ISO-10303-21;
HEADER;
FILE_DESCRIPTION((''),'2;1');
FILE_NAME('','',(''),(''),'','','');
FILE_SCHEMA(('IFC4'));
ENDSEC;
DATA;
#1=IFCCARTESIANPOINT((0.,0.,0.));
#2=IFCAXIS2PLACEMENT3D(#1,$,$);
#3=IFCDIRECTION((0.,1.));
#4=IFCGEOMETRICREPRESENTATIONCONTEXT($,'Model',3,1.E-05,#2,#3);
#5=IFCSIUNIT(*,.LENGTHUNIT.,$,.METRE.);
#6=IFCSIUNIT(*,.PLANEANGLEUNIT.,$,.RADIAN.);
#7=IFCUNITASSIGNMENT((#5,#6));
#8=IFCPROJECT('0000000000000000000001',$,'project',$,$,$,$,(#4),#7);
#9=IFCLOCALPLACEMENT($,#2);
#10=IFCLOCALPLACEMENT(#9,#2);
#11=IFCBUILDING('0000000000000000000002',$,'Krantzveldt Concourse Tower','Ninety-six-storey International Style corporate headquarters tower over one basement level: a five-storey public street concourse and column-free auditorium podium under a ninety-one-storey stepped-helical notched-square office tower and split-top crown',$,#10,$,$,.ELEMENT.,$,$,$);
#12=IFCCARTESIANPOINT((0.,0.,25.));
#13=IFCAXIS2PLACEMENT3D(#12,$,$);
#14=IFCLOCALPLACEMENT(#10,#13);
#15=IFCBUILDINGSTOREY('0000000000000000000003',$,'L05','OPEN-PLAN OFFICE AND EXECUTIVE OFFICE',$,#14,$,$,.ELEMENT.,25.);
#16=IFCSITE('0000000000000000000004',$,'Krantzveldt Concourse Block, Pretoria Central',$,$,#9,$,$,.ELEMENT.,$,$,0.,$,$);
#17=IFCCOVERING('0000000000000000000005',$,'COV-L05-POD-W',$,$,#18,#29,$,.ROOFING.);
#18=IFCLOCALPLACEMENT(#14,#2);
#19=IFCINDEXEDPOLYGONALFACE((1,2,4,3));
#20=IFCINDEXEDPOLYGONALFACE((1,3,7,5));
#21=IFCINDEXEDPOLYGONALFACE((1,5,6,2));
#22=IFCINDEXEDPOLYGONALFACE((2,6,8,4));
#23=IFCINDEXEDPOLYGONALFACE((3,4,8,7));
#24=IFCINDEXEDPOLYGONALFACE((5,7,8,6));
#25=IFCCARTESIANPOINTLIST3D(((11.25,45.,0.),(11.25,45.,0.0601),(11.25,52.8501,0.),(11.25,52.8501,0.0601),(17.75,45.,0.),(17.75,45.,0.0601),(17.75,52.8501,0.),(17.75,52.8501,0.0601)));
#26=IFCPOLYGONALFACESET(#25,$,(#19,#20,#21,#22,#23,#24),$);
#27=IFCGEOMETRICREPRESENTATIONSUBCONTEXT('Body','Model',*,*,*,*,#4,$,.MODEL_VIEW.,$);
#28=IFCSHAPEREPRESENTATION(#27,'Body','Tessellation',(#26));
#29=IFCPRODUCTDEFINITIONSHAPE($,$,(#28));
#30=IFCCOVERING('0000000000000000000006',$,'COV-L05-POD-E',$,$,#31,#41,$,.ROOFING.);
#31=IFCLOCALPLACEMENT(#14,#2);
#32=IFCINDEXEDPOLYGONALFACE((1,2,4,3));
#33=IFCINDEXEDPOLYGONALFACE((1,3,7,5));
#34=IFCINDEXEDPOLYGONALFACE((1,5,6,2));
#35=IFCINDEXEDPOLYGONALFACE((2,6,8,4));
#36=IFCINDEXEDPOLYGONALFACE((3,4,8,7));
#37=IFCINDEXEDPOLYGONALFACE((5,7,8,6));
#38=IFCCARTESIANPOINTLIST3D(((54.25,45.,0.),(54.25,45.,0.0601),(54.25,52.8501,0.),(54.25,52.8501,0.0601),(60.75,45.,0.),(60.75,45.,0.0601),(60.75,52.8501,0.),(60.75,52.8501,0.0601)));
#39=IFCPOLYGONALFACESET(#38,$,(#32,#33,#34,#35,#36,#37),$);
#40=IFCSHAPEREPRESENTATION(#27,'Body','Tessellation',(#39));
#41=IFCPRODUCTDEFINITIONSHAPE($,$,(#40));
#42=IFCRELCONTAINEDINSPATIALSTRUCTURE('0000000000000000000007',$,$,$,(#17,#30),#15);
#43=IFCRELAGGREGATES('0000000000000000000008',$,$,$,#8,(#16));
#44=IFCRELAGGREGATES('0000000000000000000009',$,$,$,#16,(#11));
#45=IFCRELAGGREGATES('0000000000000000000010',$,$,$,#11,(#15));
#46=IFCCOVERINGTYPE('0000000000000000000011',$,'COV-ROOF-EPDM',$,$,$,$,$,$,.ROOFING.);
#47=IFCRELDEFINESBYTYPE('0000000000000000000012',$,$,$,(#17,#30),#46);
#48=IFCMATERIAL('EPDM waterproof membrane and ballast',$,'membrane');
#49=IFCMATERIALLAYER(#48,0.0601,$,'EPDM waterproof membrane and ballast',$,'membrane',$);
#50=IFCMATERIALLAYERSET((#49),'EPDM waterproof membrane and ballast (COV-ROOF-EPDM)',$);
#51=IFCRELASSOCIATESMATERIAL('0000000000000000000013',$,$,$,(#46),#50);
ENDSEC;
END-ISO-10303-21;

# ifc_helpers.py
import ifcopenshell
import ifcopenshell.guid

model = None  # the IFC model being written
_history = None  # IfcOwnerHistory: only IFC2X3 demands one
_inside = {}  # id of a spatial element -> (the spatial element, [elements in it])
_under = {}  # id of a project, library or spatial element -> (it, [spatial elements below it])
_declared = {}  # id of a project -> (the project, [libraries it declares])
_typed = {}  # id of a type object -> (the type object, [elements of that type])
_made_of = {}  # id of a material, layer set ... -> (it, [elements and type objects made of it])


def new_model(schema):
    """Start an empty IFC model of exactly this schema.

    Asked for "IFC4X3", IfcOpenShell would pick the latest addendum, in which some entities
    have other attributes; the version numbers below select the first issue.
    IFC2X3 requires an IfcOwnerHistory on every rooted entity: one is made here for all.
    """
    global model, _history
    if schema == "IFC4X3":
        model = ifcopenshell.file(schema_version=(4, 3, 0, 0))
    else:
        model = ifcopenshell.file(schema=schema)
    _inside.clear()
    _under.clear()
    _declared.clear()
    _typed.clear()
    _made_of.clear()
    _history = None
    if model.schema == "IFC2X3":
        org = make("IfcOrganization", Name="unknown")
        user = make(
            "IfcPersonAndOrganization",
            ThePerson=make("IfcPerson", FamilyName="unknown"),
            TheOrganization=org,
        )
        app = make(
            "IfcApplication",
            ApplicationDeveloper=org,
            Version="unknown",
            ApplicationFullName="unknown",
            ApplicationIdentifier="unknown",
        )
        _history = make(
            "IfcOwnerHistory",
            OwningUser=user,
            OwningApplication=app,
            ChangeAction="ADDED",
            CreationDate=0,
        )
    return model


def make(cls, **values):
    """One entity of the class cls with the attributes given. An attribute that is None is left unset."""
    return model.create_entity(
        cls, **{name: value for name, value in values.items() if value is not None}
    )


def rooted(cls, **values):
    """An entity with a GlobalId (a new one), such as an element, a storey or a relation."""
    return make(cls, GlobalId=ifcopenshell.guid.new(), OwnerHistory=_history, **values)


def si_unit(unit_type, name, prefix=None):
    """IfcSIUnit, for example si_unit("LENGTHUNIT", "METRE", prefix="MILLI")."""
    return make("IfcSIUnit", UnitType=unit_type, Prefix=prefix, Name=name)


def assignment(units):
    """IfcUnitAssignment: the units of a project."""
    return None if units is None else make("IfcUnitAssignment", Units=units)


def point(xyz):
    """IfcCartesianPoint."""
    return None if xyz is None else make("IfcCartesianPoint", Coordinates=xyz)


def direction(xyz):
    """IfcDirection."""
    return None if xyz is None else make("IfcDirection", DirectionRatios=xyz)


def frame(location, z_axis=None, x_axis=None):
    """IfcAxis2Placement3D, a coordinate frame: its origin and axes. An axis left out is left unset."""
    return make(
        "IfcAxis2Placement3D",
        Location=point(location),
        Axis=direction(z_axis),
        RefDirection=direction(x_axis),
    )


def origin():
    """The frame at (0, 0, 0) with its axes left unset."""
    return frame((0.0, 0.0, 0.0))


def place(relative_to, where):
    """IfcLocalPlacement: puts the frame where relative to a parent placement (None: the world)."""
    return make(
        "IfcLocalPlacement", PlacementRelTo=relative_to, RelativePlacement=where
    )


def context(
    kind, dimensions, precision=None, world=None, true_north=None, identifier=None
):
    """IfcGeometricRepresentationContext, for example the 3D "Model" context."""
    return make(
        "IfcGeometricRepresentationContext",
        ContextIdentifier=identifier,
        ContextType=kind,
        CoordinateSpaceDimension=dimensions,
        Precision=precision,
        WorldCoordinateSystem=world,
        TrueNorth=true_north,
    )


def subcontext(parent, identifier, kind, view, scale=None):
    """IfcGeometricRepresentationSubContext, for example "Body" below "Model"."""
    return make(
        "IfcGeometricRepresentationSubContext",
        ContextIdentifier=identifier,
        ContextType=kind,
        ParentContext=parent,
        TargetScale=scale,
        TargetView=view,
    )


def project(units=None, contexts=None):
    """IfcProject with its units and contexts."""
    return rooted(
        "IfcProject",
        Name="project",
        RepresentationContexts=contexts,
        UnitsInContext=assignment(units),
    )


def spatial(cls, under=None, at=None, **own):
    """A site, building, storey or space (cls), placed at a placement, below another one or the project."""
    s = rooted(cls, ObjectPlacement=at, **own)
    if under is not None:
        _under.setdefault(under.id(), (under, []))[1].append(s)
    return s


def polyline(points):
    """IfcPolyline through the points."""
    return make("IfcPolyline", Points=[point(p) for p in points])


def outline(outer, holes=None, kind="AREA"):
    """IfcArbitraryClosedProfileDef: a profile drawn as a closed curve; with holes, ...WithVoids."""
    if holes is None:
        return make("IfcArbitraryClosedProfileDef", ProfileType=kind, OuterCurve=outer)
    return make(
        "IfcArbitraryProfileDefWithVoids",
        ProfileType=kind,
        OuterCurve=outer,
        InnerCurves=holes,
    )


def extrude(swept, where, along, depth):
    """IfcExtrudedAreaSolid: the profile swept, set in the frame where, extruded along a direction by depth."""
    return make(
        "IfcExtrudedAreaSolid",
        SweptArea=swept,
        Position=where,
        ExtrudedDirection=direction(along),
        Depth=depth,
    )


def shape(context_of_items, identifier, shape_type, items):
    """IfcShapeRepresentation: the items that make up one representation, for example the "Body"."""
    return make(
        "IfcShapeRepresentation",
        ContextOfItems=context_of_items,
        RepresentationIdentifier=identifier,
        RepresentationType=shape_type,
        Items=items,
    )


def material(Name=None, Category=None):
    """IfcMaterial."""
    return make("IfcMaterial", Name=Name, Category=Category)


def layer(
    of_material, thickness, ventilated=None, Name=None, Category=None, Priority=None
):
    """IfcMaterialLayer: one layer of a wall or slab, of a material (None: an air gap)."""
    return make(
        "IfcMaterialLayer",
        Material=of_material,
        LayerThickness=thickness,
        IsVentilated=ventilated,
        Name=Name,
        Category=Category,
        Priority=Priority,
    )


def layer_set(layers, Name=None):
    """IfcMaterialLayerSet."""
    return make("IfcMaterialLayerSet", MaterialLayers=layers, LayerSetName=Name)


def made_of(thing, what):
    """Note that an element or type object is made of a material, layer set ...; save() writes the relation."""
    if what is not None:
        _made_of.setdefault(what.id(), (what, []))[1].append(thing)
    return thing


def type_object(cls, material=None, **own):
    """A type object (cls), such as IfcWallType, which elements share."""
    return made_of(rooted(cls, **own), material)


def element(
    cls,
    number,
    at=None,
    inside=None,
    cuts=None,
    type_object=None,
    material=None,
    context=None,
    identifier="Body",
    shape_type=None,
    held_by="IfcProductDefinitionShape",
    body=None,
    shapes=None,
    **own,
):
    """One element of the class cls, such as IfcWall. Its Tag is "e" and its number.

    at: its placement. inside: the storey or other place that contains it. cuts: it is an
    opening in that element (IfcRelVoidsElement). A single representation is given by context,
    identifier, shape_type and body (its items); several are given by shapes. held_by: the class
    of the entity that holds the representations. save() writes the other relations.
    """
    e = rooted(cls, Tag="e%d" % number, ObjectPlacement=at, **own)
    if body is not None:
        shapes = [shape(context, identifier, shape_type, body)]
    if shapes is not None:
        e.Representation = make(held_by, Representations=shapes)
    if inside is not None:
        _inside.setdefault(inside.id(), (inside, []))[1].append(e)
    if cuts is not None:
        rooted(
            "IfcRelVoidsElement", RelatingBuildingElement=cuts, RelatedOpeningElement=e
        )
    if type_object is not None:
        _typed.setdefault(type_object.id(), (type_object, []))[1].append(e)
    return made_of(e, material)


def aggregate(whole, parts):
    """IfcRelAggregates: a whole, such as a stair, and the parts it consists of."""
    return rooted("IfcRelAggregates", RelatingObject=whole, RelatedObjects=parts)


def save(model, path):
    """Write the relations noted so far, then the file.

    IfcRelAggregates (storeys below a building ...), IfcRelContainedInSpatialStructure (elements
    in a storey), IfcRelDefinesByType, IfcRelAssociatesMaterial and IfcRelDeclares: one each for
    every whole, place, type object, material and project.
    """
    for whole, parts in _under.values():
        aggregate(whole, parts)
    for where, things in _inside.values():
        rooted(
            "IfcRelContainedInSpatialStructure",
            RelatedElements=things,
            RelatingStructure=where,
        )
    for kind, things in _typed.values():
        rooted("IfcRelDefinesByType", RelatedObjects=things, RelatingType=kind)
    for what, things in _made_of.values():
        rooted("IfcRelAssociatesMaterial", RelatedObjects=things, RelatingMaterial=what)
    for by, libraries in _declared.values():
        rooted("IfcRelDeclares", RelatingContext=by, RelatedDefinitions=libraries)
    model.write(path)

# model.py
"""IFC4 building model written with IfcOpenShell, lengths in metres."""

from ifc_helpers import new_model, si_unit, direction, frame, origin, place, context, subcontext, project, spatial, polyline, outline, extrude, material, layer, layer_set, type_object, element, save


model = new_model("IFC4")

# Units and contexts
model_context = context("Model", 3, precision=1e-05, world=origin(), true_north=direction((0.0, 1.0)))
body_context = subcontext(model_context, "Body", "Model", "MODEL_VIEW")
ifc_project = project(units=[si_unit("LENGTHUNIT", "METRE"), si_unit("PLANEANGLEUNIT", "RADIAN")], contexts=[model_context])

# Site, building, storey
site_placement = place(None, origin())
site = spatial("IfcSite", under=ifc_project, at=site_placement, Name="Krantzveldt Concourse Block, Pretoria Central", CompositionType="ELEMENT", RefElevation=0.0)
building_placement = place(site_placement, origin())
building = spatial("IfcBuilding", under=site, at=building_placement, Name="Krantzveldt Concourse Tower", Description="Ninety-six-storey International Style corporate headquarters tower over one basement level: a five-storey public street concourse and column-free auditorium podium under a ninety-one-storey stepped-helical notched-square office tower and split-top crown", CompositionType="ELEMENT")
storey_placement = place(building_placement, frame((0.0, 0.0, 25.0)))
storey = spatial("IfcBuildingStorey", under=building, at=storey_placement, Name="L05", Description="OPEN-PLAN OFFICE AND EXECUTIVE OFFICE", CompositionType="ELEMENT", Elevation=25.0)

# Coverings
ifc_material_1 = material(Name="EPDM waterproof membrane and ballast", Category="membrane")
ifc_layer_1 = layer(ifc_material_1, 0.0601, Name="EPDM waterproof membrane and ballast", Category="membrane")
ifc_layer_set_1 = layer_set([ifc_layer_1], Name="EPDM waterproof membrane and ballast (COV-ROOF-EPDM)")
covering_type_1 = type_object("IfcCoveringType", Name="COV-ROOF-EPDM", PredefinedType="ROOFING", material=ifc_layer_set_1)
covering_1_placement = place(storey_placement, origin())
element("IfcCovering", 1, at=covering_1_placement, inside=storey, type_object=covering_type_1, Name="COV-L05-POD-W", PredefinedType="ROOFING", context=body_context, shape_type="SweptSolid", body=[
    extrude(outline(polyline([(11.25, 45.0), (17.75, 45.0), (17.75, 52.8501), (11.25, 52.8501), (11.25, 45.0)])), origin(), (0.0, 0.0, 1.0), 0.0601),
])
covering_2_placement = place(storey_placement, origin())
element("IfcCovering", 2, at=covering_2_placement, inside=storey, type_object=covering_type_1, Name="COV-L05-POD-E", PredefinedType="ROOFING", context=body_context, shape_type="SweptSolid", body=[
    extrude(outline(polyline([(54.25, 45.0), (60.75, 45.0), (60.75, 52.8501), (54.25, 52.8501), (54.25, 45.0)])), origin(), (0.0, 0.0, 1.0), 0.0601),
])

save(model, "model.ifc")
